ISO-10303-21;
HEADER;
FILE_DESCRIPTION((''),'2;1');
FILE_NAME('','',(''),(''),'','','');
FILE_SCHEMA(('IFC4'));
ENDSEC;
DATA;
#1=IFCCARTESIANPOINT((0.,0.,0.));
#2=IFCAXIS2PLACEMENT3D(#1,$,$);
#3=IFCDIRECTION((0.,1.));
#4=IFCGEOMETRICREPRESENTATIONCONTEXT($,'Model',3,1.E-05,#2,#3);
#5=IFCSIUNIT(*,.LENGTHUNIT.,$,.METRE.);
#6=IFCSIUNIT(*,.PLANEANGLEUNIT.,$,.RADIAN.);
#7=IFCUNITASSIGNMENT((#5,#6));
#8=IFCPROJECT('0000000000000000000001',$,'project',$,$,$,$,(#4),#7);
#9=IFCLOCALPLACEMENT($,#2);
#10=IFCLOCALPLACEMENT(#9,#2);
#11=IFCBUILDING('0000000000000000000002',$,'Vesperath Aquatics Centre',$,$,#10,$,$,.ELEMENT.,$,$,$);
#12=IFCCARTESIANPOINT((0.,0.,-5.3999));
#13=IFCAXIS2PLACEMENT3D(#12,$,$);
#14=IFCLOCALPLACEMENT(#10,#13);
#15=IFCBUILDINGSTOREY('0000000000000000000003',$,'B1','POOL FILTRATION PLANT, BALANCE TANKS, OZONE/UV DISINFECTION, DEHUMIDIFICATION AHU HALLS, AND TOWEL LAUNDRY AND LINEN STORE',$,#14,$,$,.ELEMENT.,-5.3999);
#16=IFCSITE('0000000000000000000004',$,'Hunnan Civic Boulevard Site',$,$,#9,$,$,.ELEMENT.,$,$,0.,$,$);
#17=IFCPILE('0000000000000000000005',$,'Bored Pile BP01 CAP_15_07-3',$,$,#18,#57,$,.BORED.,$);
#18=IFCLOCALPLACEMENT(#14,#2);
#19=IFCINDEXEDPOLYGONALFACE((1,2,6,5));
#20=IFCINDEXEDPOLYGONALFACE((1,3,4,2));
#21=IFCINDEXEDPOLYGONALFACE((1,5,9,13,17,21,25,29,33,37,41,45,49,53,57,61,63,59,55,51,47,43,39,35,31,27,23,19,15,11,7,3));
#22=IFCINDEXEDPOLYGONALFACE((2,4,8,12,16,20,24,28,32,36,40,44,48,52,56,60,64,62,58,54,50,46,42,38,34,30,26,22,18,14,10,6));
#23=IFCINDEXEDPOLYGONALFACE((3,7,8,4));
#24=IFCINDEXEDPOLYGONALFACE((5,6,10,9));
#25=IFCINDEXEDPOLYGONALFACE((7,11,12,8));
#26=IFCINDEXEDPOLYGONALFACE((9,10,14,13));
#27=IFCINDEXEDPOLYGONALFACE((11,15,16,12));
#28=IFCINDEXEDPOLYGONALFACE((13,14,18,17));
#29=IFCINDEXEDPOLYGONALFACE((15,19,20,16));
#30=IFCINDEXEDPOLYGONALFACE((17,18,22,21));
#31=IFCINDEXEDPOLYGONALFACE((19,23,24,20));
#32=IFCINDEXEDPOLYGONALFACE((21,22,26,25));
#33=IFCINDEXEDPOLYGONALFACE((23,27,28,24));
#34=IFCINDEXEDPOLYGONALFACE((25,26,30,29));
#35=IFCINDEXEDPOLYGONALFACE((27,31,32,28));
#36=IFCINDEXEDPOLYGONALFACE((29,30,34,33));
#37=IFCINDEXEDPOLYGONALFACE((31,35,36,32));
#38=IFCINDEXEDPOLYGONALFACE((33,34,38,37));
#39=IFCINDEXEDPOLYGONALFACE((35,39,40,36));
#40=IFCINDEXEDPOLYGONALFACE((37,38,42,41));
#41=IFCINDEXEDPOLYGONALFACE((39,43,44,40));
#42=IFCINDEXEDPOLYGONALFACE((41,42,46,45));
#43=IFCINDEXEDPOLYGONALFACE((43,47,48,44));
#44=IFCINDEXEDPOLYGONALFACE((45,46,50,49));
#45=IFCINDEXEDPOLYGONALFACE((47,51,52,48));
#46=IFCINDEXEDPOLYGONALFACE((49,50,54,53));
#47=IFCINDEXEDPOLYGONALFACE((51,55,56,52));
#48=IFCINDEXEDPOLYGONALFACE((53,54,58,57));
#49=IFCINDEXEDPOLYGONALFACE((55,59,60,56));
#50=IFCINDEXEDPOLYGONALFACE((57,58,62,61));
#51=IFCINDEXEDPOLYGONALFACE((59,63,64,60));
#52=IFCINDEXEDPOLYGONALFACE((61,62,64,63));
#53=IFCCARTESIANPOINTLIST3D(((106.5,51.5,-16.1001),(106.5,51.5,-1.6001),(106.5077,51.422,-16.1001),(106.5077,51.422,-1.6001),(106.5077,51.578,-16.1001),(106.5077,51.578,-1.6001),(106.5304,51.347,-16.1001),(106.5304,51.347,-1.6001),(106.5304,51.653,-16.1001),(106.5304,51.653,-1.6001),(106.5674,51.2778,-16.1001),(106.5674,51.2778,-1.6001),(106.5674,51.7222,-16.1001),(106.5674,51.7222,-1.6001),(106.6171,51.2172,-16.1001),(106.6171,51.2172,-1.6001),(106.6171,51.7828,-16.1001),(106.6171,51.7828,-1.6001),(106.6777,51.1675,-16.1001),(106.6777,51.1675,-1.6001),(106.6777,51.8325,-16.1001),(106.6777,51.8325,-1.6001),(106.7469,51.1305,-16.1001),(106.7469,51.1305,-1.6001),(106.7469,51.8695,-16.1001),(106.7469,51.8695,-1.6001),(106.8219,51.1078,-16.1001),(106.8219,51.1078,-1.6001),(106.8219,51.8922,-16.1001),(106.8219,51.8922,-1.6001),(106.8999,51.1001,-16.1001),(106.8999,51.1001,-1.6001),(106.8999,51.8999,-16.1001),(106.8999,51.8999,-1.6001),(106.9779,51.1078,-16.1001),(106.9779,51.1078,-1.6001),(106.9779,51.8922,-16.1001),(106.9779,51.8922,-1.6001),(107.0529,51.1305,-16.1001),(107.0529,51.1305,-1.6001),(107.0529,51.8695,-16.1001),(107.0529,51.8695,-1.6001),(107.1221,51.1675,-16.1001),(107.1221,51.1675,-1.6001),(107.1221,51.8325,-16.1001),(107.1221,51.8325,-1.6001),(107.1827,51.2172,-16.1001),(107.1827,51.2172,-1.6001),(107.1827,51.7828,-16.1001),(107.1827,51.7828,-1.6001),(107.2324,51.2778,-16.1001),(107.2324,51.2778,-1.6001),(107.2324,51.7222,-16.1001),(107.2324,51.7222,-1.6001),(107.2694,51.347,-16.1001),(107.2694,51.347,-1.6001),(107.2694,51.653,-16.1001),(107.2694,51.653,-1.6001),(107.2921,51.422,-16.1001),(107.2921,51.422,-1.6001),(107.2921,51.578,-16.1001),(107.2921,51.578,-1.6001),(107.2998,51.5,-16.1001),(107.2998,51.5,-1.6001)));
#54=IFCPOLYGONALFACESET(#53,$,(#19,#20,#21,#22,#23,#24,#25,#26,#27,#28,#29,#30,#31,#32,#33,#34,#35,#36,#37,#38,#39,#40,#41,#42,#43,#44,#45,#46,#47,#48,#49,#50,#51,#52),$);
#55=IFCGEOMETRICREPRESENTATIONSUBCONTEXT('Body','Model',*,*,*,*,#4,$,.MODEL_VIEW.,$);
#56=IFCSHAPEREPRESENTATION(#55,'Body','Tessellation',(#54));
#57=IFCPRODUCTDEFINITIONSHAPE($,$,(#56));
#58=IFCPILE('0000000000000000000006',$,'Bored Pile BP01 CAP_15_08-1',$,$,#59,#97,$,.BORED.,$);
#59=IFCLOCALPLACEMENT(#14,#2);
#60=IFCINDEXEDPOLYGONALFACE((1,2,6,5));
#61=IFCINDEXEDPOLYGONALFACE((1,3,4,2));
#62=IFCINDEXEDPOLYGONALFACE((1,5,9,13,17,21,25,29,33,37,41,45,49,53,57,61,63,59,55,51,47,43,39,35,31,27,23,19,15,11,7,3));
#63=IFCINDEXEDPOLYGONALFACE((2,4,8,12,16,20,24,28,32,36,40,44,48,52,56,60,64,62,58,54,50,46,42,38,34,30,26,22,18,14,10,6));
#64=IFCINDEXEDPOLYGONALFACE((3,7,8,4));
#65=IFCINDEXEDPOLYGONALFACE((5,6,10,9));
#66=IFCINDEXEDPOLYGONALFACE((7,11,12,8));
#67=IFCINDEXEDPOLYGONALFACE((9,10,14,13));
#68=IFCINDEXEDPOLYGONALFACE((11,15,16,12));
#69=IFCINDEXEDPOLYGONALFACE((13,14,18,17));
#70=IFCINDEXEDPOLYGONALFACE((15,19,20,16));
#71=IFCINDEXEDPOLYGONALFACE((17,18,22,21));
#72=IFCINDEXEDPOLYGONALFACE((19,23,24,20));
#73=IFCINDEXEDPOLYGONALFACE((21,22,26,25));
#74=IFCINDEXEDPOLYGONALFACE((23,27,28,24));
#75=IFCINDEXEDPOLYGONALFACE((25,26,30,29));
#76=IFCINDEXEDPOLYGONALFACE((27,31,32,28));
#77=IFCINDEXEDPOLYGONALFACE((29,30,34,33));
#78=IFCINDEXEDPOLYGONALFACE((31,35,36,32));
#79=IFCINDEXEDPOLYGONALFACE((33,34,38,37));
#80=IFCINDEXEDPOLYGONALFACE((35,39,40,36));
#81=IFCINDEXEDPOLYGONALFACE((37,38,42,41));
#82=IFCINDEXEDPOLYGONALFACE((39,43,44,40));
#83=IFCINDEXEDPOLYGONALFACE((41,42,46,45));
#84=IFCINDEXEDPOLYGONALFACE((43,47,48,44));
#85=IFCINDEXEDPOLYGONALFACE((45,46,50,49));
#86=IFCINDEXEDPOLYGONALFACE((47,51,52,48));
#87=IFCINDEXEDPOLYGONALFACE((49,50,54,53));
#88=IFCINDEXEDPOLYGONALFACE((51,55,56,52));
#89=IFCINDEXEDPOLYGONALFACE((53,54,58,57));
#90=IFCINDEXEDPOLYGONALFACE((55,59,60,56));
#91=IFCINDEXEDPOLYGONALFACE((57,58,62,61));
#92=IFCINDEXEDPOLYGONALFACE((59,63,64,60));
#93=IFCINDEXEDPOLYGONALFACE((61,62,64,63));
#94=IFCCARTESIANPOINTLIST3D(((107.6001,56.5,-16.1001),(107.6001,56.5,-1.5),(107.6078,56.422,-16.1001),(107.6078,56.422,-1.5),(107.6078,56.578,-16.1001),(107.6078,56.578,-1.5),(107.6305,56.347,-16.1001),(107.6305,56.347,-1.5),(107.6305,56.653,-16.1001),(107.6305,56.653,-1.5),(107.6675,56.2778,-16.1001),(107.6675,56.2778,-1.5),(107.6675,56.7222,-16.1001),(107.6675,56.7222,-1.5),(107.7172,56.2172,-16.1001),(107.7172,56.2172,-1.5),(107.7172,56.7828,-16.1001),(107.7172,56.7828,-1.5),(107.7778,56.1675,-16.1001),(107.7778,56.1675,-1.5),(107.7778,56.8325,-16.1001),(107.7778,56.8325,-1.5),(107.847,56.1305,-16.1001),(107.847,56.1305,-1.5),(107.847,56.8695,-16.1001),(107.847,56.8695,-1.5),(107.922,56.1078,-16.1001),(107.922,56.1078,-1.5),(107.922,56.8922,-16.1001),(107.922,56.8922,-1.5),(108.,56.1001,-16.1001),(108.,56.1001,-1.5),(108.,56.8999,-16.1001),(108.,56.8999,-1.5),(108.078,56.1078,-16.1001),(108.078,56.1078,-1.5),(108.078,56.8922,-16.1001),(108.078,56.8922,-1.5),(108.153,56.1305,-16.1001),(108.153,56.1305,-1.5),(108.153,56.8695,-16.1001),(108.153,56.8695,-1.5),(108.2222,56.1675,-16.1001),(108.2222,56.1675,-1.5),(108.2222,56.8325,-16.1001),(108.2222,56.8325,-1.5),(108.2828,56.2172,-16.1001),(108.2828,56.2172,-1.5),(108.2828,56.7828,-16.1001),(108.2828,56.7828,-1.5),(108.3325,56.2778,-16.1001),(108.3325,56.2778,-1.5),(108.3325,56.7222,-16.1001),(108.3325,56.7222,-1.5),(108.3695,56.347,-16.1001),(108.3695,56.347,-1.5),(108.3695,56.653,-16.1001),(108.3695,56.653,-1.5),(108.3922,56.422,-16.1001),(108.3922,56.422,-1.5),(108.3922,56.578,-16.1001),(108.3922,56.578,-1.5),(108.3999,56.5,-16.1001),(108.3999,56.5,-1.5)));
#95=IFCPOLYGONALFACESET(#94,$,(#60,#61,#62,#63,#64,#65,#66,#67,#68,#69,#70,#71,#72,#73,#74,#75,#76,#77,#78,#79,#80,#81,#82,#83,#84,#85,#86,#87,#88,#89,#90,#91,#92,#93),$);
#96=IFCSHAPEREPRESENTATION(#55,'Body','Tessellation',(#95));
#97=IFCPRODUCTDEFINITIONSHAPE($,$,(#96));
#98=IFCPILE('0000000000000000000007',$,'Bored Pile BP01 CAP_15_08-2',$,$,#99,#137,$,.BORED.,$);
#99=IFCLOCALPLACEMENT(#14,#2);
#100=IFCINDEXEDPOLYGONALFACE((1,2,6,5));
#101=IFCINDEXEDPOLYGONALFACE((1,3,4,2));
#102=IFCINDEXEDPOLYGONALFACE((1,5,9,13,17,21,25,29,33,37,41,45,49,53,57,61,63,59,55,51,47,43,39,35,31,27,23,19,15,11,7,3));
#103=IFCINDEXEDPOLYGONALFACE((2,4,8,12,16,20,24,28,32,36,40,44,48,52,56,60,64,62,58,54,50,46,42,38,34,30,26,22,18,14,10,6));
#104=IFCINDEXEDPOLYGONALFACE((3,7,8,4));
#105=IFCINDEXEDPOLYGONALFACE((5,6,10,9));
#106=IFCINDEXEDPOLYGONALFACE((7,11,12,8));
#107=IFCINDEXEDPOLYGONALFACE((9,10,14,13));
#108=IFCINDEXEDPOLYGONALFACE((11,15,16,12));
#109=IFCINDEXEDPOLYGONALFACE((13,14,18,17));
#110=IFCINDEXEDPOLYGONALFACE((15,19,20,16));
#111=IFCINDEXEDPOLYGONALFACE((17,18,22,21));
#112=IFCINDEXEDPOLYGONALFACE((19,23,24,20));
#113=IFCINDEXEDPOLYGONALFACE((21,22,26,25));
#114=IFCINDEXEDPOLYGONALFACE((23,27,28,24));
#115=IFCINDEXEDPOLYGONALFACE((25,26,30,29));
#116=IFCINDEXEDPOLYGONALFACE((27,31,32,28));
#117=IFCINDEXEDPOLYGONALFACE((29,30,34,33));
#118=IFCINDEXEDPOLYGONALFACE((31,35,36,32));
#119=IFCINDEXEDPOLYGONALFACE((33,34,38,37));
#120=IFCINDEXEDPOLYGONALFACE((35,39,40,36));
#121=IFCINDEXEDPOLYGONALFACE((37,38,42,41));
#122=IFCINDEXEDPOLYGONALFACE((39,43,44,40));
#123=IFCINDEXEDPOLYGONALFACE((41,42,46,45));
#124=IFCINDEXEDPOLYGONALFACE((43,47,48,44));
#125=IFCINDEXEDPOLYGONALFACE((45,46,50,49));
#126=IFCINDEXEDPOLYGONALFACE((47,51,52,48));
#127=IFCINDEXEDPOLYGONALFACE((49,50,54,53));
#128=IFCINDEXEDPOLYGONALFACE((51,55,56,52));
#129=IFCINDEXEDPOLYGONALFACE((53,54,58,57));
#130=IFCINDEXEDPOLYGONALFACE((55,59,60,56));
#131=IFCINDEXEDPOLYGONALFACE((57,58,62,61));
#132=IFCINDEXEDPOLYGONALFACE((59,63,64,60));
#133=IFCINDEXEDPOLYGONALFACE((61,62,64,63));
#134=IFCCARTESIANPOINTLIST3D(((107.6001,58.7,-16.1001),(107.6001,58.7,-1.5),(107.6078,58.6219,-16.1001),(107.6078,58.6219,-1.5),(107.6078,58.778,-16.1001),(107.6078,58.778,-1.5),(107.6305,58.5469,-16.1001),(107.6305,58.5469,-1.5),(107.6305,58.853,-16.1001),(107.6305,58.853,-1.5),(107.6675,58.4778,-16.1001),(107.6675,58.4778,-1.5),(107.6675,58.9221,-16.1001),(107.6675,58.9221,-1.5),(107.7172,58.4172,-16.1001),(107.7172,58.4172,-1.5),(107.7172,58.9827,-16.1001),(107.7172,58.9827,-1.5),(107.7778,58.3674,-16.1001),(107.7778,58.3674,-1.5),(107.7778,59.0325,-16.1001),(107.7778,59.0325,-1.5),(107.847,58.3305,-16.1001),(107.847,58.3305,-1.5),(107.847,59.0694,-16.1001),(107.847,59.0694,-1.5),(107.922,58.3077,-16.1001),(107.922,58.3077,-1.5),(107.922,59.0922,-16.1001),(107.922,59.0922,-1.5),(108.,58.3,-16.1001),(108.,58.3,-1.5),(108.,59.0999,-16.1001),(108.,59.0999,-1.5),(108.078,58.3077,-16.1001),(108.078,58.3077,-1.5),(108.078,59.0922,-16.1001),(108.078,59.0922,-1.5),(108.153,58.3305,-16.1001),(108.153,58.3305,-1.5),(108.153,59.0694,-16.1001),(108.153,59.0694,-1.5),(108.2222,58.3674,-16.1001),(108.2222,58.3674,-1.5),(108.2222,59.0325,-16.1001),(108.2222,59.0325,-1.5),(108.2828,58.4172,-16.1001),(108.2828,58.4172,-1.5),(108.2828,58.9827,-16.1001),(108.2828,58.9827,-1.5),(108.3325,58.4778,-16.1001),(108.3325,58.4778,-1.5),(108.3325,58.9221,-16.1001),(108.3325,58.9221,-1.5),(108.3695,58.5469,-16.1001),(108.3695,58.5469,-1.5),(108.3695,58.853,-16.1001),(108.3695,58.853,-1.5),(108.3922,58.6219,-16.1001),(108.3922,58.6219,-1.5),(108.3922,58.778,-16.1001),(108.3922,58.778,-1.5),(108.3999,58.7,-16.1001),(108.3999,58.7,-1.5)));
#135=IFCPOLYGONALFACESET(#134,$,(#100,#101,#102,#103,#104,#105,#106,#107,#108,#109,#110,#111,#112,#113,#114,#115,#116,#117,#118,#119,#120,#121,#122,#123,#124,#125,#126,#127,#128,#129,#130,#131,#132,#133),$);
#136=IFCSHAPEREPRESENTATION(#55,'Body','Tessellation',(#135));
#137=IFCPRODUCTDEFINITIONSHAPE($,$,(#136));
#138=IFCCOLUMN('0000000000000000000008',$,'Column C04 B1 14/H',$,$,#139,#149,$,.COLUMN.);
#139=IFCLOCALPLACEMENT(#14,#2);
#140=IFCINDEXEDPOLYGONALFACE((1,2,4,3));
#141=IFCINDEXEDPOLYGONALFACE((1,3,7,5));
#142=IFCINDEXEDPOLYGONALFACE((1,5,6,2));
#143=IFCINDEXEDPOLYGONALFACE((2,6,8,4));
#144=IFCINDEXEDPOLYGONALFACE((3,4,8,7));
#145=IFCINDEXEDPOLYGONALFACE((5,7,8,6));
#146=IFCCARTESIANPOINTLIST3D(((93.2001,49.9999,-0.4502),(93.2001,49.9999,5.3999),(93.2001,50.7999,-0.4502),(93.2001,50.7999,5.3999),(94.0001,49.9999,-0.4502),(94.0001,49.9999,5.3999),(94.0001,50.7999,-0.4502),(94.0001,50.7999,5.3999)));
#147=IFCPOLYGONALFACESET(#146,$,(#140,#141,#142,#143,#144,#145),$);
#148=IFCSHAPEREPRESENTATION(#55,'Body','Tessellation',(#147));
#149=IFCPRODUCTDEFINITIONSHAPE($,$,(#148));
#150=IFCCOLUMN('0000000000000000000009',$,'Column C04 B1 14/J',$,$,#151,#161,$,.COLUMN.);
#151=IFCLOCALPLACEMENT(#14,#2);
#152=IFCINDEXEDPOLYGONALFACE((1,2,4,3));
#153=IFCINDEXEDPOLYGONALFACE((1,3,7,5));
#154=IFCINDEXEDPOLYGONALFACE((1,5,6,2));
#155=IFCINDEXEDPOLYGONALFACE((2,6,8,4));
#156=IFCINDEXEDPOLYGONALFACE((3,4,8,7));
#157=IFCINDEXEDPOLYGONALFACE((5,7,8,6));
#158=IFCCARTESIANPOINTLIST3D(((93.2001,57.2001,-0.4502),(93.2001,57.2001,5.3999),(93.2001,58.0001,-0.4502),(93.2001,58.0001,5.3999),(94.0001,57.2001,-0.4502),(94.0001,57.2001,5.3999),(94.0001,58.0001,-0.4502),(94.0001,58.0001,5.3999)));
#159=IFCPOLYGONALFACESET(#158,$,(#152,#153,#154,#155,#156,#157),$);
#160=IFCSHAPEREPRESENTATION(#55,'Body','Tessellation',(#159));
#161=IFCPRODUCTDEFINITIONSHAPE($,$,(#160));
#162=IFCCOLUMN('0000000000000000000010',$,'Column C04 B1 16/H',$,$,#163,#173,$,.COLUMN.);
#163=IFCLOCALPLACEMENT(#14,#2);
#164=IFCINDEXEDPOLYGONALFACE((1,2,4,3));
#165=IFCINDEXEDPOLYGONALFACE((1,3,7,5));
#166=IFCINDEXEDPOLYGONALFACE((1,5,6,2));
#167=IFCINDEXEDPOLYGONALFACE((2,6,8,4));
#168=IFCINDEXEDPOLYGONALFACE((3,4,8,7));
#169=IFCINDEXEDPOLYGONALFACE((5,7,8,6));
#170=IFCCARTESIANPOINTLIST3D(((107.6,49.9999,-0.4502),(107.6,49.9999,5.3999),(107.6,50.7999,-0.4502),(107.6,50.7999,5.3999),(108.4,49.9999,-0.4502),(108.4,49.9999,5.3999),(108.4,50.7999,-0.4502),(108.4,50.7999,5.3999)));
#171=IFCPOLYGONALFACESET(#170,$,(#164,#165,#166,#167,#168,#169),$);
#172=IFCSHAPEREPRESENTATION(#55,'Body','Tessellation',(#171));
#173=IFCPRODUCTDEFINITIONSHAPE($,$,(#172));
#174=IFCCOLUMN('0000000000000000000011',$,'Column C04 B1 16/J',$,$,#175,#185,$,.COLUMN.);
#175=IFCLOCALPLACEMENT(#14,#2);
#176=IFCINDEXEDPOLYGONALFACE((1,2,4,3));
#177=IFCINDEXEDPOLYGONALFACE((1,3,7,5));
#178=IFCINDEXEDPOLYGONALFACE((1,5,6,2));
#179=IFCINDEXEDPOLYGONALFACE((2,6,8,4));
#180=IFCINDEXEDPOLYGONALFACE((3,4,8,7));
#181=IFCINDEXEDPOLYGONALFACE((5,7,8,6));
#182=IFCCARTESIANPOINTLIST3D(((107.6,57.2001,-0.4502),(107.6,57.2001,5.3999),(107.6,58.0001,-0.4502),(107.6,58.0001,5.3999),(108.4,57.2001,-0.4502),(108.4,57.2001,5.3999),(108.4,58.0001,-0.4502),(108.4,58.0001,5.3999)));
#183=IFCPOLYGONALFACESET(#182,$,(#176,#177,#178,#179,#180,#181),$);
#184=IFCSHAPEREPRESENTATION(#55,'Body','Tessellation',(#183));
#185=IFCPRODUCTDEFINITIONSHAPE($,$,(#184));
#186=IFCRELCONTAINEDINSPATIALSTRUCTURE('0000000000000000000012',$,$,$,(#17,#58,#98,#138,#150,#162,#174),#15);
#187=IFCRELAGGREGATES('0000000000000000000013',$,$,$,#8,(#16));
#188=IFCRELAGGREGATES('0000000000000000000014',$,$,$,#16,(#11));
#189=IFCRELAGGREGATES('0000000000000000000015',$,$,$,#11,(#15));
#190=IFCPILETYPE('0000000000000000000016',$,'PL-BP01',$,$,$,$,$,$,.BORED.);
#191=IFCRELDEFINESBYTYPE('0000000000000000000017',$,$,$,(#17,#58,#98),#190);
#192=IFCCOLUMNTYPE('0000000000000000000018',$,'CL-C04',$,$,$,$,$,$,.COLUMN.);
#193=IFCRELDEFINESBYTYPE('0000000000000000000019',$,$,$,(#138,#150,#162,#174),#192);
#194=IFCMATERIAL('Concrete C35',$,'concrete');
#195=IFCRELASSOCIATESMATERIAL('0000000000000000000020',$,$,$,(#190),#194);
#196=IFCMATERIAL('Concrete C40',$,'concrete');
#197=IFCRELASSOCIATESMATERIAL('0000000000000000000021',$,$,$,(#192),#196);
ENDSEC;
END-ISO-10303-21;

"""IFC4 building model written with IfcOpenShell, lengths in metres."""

from ifc_helpers import new_model, si_unit, direction, frame, origin, origin_2d, place, context, subcontext, project, spatial, rectangle, circle, extrude, material, material_profile, profile_set, type_object, element, save


model = new_model("IFC4")

# Units and contexts
model_context = context("Model", 3, precision=1e-05, world=origin(), true_north=direction((0.0, 1.0)))
body_context = subcontext(model_context, "Body", "Model", "MODEL_VIEW")
ifc_project = project(units=[si_unit("LENGTHUNIT", "METRE"), si_unit("PLANEANGLEUNIT", "RADIAN")], contexts=[model_context])

# Site, building, storey
site_placement = place(None, origin())
site = spatial("IfcSite", under=ifc_project, at=site_placement, Name="Hunnan Civic Boulevard Site", CompositionType="ELEMENT", RefElevation=0.0)
building_placement = place(site_placement, origin())
building = spatial("IfcBuilding", under=site, at=building_placement, Name="Vesperath Aquatics Centre", CompositionType="ELEMENT")
storey_placement = place(building_placement, frame((0.0, 0.0, -5.3999)))
storey = spatial("IfcBuildingStorey", under=building, at=storey_placement, Name="B1", Description="POOL FILTRATION PLANT, BALANCE TANKS, OZONE/UV DISINFECTION, DEHUMIDIFICATION AHU HALLS, AND TOWEL LAUNDRY AND LINEN STORE", CompositionType="ELEMENT", Elevation=-5.3999)

# Shared definitions
ifc_material_1 = material(Name="Concrete C40", Category="concrete")

# Piles
ifc_material_2 = material(Name="Concrete C35", Category="concrete")
ifc_material_profile_1 = material_profile(ifc_material_2, circle(Radius=0.3999, at=origin_2d()), Name="PILE D800")
ifc_profile_set_1 = profile_set([ifc_material_profile_1], Name="Concrete C35")
pile_type = type_object("IfcPileType", Name="PL-BP01", PredefinedType="BORED", material=ifc_profile_set_1)
for number, where, z_axis, x_axis, name in (
    (1, (106.8999, 51.5, -1.6001), (0.0, 0.0, -1.0), (1.0, 0.0, 0.0), "Bored Pile BP01 CAP_15_07-3"),
):
    element("IfcPile", number, at=place(storey_placement, frame(where, z_axis=z_axis, x_axis=x_axis)), inside=storey, type_object=pile_type, Name=name, PredefinedType="BORED", context=body_context, shape_type="SweptSolid", body=[
        extrude(circle(Radius=0.3999, at=origin_2d()), origin(), (0.0, 0.0, 1.0), 14.5),
    ])
for number, where, z_axis, x_axis, name in (
    (2, (108.0, 56.5, -1.5), (0.0, 0.0, -1.0), (1.0, 0.0, 0.0), "Bored Pile BP01 CAP_15_08-1"),
    (3, (108.0, 58.7, -1.5), (0.0, 0.0, -1.0), (1.0, 0.0, 0.0), "Bored Pile BP01 CAP_15_08-2"),
):
    element("IfcPile", number, at=place(storey_placement, frame(where, z_axis=z_axis, x_axis=x_axis)), inside=storey, type_object=pile_type, Name=name, PredefinedType="BORED", context=body_context, shape_type="SweptSolid", body=[
        extrude(circle(Radius=0.3999, at=origin_2d()), origin(), (0.0, 0.0, 1.0), 14.6001),
    ])

# Columns
ifc_material_profile_2 = material_profile(ifc_material_1, rectangle(XDim=0.8, YDim=0.8, at=origin_2d()), Name="RC 800x800")
ifc_profile_set_2 = profile_set([ifc_material_profile_2], Name="Concrete C40")
column_type_1 = type_object("IfcColumnType", Name="CL-C04", PredefinedType="COLUMN", material=ifc_profile_set_2)
for number, where, z_axis, x_axis, name in (
    (4, (93.6001, 50.3999, -0.4502), (0.0, 0.0, 1.0), (1.0, 0.0, 0.0), "Column C04 B1 14/H"),
    (5, (93.6001, 57.6001, -0.4502), (0.0, 0.0, 1.0), (1.0, 0.0, 0.0), "Column C04 B1 14/J"),
    (6, (108.0, 50.3999, -0.4502), (0.0, 0.0, 1.0), (1.0, 0.0, 0.0), "Column C04 B1 16/H"),
    (7, (108.0, 57.6001, -0.4502), (0.0, 0.0, 1.0), (1.0, 0.0, 0.0), "Column C04 B1 16/J"),
):
    element("IfcColumn", number, at=place(storey_placement, frame(where, z_axis=z_axis, x_axis=x_axis)), inside=storey, type_object=column_type_1, Name=name, PredefinedType="COLUMN", context=body_context, shape_type="SweptSolid", body=[
        extrude(rectangle(XDim=0.8, YDim=0.8, at=origin_2d()), origin(), (0.0, 0.0, 1.0), 5.8501),
    ])

save(model, "model.ifc")
